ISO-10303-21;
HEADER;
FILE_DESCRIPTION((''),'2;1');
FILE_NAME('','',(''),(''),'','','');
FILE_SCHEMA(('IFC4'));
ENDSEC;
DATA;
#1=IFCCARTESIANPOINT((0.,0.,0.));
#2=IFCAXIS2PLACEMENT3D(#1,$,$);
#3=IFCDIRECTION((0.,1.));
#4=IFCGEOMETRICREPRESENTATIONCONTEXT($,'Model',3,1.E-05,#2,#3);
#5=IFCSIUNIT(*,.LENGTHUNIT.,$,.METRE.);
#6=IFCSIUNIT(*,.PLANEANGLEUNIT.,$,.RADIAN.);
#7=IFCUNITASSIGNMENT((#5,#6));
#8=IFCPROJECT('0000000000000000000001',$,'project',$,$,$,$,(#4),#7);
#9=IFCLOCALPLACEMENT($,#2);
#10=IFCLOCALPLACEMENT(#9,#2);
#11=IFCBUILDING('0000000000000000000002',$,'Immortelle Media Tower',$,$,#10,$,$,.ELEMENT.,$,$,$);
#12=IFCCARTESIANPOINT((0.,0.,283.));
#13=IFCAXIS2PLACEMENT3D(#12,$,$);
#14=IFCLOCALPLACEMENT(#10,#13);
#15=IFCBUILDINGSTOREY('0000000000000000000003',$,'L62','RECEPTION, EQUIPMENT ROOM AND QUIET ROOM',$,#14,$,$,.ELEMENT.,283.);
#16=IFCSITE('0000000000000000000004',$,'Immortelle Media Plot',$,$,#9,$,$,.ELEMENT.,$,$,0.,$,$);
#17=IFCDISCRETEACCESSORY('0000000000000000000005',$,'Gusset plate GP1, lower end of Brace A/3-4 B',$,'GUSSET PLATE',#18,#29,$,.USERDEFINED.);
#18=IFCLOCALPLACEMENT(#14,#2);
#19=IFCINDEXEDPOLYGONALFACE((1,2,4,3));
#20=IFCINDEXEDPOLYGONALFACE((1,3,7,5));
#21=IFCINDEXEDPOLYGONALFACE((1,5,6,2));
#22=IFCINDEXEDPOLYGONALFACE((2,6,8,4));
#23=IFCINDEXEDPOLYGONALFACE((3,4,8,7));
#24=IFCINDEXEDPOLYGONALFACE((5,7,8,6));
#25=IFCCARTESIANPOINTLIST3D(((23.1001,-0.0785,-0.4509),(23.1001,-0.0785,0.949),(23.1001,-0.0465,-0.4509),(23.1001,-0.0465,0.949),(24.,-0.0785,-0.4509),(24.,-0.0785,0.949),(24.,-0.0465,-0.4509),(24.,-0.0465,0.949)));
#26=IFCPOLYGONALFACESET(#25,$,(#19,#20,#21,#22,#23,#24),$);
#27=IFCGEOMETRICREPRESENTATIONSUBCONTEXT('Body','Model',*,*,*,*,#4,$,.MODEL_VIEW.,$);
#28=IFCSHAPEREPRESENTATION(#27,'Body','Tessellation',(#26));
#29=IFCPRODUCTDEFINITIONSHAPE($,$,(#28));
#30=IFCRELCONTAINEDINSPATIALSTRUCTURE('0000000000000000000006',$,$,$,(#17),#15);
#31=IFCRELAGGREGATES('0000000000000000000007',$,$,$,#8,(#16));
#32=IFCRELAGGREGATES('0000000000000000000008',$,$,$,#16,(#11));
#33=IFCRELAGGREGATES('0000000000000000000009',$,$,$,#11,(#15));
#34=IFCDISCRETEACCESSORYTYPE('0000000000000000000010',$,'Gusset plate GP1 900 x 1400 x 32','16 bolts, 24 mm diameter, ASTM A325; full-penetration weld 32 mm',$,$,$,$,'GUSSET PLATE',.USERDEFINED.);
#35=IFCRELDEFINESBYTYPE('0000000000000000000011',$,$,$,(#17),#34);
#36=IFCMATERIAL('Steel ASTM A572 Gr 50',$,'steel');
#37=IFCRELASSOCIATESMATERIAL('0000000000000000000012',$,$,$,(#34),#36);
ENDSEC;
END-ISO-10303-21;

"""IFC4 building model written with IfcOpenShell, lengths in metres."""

from ifc_helpers import new_model, si_unit, direction, frame, origin, origin_2d, place, context, subcontext, project, spatial, rectangle, extrude, material, material_profile, profile_set, type_object, element, save


model = new_model("IFC4")

# Units and contexts
model_context = context("Model", 3, precision=1e-05, world=origin(), true_north=direction((0.0, 1.0)))
body_context = subcontext(model_context, "Body", "Model", "MODEL_VIEW")
ifc_project = project(units=[si_unit("LENGTHUNIT", "METRE"), si_unit("PLANEANGLEUNIT", "RADIAN")], contexts=[model_context])

# Site, building, storey
site_placement = place(None, origin())
site = spatial("IfcSite", under=ifc_project, at=site_placement, Name="Immortelle Media Plot", CompositionType="ELEMENT", RefElevation=0.0)
building_placement = place(site_placement, origin())
building = spatial("IfcBuilding", under=site, at=building_placement, Name="Immortelle Media Tower", CompositionType="ELEMENT")
storey_placement = place(building_placement, frame((0.0, 0.0, 283.0)))
storey = spatial("IfcBuildingStorey", under=building, at=storey_placement, Name="L62", Description="RECEPTION, EQUIPMENT ROOM AND QUIET ROOM", CompositionType="ELEMENT", Elevation=283.0)

# Discrete accessory
ifc_material_1 = material(Name="Steel ASTM A572 Gr 50", Category="steel")
ifc_material_profile_1 = material_profile(ifc_material_1, rectangle(XDim=0.032, YDim=1.3999, at=origin_2d()), Name="PL 32 x 1400")
ifc_profile_set_1 = profile_set([ifc_material_profile_1], Name="Steel ASTM A572 Gr 50")
discrete_accessory_type_1 = type_object("IfcDiscreteAccessoryType", Name="Gusset plate GP1 900 x 1400 x 32", Description="16 bolts, 24 mm diameter, ASTM A325; full-penetration weld 32 mm", ElementType="GUSSET PLATE", PredefinedType="USERDEFINED", material=ifc_profile_set_1)
for number, where, z_axis, x_axis, name in (
    (1, (24.0, -0.0625, 0.249), (-1.0, 0.0, 0.0), (0.0, -1.0, 0.0), "Gusset plate GP1, lower end of Brace A/3-4 B"),
):
    element("IfcDiscreteAccessory", number, at=place(storey_placement, frame(where, z_axis=z_axis, x_axis=x_axis)), inside=storey, type_object=discrete_accessory_type_1, Name=name, ObjectType="GUSSET PLATE", PredefinedType="USERDEFINED", context=body_context, shape_type="SweptSolid", body=[
        extrude(rectangle(XDim=0.032, YDim=1.3999, at=origin_2d()), origin(), (0.0, 0.0, 1.0), 0.8999),
    ])

save(model, "model.ifc")
